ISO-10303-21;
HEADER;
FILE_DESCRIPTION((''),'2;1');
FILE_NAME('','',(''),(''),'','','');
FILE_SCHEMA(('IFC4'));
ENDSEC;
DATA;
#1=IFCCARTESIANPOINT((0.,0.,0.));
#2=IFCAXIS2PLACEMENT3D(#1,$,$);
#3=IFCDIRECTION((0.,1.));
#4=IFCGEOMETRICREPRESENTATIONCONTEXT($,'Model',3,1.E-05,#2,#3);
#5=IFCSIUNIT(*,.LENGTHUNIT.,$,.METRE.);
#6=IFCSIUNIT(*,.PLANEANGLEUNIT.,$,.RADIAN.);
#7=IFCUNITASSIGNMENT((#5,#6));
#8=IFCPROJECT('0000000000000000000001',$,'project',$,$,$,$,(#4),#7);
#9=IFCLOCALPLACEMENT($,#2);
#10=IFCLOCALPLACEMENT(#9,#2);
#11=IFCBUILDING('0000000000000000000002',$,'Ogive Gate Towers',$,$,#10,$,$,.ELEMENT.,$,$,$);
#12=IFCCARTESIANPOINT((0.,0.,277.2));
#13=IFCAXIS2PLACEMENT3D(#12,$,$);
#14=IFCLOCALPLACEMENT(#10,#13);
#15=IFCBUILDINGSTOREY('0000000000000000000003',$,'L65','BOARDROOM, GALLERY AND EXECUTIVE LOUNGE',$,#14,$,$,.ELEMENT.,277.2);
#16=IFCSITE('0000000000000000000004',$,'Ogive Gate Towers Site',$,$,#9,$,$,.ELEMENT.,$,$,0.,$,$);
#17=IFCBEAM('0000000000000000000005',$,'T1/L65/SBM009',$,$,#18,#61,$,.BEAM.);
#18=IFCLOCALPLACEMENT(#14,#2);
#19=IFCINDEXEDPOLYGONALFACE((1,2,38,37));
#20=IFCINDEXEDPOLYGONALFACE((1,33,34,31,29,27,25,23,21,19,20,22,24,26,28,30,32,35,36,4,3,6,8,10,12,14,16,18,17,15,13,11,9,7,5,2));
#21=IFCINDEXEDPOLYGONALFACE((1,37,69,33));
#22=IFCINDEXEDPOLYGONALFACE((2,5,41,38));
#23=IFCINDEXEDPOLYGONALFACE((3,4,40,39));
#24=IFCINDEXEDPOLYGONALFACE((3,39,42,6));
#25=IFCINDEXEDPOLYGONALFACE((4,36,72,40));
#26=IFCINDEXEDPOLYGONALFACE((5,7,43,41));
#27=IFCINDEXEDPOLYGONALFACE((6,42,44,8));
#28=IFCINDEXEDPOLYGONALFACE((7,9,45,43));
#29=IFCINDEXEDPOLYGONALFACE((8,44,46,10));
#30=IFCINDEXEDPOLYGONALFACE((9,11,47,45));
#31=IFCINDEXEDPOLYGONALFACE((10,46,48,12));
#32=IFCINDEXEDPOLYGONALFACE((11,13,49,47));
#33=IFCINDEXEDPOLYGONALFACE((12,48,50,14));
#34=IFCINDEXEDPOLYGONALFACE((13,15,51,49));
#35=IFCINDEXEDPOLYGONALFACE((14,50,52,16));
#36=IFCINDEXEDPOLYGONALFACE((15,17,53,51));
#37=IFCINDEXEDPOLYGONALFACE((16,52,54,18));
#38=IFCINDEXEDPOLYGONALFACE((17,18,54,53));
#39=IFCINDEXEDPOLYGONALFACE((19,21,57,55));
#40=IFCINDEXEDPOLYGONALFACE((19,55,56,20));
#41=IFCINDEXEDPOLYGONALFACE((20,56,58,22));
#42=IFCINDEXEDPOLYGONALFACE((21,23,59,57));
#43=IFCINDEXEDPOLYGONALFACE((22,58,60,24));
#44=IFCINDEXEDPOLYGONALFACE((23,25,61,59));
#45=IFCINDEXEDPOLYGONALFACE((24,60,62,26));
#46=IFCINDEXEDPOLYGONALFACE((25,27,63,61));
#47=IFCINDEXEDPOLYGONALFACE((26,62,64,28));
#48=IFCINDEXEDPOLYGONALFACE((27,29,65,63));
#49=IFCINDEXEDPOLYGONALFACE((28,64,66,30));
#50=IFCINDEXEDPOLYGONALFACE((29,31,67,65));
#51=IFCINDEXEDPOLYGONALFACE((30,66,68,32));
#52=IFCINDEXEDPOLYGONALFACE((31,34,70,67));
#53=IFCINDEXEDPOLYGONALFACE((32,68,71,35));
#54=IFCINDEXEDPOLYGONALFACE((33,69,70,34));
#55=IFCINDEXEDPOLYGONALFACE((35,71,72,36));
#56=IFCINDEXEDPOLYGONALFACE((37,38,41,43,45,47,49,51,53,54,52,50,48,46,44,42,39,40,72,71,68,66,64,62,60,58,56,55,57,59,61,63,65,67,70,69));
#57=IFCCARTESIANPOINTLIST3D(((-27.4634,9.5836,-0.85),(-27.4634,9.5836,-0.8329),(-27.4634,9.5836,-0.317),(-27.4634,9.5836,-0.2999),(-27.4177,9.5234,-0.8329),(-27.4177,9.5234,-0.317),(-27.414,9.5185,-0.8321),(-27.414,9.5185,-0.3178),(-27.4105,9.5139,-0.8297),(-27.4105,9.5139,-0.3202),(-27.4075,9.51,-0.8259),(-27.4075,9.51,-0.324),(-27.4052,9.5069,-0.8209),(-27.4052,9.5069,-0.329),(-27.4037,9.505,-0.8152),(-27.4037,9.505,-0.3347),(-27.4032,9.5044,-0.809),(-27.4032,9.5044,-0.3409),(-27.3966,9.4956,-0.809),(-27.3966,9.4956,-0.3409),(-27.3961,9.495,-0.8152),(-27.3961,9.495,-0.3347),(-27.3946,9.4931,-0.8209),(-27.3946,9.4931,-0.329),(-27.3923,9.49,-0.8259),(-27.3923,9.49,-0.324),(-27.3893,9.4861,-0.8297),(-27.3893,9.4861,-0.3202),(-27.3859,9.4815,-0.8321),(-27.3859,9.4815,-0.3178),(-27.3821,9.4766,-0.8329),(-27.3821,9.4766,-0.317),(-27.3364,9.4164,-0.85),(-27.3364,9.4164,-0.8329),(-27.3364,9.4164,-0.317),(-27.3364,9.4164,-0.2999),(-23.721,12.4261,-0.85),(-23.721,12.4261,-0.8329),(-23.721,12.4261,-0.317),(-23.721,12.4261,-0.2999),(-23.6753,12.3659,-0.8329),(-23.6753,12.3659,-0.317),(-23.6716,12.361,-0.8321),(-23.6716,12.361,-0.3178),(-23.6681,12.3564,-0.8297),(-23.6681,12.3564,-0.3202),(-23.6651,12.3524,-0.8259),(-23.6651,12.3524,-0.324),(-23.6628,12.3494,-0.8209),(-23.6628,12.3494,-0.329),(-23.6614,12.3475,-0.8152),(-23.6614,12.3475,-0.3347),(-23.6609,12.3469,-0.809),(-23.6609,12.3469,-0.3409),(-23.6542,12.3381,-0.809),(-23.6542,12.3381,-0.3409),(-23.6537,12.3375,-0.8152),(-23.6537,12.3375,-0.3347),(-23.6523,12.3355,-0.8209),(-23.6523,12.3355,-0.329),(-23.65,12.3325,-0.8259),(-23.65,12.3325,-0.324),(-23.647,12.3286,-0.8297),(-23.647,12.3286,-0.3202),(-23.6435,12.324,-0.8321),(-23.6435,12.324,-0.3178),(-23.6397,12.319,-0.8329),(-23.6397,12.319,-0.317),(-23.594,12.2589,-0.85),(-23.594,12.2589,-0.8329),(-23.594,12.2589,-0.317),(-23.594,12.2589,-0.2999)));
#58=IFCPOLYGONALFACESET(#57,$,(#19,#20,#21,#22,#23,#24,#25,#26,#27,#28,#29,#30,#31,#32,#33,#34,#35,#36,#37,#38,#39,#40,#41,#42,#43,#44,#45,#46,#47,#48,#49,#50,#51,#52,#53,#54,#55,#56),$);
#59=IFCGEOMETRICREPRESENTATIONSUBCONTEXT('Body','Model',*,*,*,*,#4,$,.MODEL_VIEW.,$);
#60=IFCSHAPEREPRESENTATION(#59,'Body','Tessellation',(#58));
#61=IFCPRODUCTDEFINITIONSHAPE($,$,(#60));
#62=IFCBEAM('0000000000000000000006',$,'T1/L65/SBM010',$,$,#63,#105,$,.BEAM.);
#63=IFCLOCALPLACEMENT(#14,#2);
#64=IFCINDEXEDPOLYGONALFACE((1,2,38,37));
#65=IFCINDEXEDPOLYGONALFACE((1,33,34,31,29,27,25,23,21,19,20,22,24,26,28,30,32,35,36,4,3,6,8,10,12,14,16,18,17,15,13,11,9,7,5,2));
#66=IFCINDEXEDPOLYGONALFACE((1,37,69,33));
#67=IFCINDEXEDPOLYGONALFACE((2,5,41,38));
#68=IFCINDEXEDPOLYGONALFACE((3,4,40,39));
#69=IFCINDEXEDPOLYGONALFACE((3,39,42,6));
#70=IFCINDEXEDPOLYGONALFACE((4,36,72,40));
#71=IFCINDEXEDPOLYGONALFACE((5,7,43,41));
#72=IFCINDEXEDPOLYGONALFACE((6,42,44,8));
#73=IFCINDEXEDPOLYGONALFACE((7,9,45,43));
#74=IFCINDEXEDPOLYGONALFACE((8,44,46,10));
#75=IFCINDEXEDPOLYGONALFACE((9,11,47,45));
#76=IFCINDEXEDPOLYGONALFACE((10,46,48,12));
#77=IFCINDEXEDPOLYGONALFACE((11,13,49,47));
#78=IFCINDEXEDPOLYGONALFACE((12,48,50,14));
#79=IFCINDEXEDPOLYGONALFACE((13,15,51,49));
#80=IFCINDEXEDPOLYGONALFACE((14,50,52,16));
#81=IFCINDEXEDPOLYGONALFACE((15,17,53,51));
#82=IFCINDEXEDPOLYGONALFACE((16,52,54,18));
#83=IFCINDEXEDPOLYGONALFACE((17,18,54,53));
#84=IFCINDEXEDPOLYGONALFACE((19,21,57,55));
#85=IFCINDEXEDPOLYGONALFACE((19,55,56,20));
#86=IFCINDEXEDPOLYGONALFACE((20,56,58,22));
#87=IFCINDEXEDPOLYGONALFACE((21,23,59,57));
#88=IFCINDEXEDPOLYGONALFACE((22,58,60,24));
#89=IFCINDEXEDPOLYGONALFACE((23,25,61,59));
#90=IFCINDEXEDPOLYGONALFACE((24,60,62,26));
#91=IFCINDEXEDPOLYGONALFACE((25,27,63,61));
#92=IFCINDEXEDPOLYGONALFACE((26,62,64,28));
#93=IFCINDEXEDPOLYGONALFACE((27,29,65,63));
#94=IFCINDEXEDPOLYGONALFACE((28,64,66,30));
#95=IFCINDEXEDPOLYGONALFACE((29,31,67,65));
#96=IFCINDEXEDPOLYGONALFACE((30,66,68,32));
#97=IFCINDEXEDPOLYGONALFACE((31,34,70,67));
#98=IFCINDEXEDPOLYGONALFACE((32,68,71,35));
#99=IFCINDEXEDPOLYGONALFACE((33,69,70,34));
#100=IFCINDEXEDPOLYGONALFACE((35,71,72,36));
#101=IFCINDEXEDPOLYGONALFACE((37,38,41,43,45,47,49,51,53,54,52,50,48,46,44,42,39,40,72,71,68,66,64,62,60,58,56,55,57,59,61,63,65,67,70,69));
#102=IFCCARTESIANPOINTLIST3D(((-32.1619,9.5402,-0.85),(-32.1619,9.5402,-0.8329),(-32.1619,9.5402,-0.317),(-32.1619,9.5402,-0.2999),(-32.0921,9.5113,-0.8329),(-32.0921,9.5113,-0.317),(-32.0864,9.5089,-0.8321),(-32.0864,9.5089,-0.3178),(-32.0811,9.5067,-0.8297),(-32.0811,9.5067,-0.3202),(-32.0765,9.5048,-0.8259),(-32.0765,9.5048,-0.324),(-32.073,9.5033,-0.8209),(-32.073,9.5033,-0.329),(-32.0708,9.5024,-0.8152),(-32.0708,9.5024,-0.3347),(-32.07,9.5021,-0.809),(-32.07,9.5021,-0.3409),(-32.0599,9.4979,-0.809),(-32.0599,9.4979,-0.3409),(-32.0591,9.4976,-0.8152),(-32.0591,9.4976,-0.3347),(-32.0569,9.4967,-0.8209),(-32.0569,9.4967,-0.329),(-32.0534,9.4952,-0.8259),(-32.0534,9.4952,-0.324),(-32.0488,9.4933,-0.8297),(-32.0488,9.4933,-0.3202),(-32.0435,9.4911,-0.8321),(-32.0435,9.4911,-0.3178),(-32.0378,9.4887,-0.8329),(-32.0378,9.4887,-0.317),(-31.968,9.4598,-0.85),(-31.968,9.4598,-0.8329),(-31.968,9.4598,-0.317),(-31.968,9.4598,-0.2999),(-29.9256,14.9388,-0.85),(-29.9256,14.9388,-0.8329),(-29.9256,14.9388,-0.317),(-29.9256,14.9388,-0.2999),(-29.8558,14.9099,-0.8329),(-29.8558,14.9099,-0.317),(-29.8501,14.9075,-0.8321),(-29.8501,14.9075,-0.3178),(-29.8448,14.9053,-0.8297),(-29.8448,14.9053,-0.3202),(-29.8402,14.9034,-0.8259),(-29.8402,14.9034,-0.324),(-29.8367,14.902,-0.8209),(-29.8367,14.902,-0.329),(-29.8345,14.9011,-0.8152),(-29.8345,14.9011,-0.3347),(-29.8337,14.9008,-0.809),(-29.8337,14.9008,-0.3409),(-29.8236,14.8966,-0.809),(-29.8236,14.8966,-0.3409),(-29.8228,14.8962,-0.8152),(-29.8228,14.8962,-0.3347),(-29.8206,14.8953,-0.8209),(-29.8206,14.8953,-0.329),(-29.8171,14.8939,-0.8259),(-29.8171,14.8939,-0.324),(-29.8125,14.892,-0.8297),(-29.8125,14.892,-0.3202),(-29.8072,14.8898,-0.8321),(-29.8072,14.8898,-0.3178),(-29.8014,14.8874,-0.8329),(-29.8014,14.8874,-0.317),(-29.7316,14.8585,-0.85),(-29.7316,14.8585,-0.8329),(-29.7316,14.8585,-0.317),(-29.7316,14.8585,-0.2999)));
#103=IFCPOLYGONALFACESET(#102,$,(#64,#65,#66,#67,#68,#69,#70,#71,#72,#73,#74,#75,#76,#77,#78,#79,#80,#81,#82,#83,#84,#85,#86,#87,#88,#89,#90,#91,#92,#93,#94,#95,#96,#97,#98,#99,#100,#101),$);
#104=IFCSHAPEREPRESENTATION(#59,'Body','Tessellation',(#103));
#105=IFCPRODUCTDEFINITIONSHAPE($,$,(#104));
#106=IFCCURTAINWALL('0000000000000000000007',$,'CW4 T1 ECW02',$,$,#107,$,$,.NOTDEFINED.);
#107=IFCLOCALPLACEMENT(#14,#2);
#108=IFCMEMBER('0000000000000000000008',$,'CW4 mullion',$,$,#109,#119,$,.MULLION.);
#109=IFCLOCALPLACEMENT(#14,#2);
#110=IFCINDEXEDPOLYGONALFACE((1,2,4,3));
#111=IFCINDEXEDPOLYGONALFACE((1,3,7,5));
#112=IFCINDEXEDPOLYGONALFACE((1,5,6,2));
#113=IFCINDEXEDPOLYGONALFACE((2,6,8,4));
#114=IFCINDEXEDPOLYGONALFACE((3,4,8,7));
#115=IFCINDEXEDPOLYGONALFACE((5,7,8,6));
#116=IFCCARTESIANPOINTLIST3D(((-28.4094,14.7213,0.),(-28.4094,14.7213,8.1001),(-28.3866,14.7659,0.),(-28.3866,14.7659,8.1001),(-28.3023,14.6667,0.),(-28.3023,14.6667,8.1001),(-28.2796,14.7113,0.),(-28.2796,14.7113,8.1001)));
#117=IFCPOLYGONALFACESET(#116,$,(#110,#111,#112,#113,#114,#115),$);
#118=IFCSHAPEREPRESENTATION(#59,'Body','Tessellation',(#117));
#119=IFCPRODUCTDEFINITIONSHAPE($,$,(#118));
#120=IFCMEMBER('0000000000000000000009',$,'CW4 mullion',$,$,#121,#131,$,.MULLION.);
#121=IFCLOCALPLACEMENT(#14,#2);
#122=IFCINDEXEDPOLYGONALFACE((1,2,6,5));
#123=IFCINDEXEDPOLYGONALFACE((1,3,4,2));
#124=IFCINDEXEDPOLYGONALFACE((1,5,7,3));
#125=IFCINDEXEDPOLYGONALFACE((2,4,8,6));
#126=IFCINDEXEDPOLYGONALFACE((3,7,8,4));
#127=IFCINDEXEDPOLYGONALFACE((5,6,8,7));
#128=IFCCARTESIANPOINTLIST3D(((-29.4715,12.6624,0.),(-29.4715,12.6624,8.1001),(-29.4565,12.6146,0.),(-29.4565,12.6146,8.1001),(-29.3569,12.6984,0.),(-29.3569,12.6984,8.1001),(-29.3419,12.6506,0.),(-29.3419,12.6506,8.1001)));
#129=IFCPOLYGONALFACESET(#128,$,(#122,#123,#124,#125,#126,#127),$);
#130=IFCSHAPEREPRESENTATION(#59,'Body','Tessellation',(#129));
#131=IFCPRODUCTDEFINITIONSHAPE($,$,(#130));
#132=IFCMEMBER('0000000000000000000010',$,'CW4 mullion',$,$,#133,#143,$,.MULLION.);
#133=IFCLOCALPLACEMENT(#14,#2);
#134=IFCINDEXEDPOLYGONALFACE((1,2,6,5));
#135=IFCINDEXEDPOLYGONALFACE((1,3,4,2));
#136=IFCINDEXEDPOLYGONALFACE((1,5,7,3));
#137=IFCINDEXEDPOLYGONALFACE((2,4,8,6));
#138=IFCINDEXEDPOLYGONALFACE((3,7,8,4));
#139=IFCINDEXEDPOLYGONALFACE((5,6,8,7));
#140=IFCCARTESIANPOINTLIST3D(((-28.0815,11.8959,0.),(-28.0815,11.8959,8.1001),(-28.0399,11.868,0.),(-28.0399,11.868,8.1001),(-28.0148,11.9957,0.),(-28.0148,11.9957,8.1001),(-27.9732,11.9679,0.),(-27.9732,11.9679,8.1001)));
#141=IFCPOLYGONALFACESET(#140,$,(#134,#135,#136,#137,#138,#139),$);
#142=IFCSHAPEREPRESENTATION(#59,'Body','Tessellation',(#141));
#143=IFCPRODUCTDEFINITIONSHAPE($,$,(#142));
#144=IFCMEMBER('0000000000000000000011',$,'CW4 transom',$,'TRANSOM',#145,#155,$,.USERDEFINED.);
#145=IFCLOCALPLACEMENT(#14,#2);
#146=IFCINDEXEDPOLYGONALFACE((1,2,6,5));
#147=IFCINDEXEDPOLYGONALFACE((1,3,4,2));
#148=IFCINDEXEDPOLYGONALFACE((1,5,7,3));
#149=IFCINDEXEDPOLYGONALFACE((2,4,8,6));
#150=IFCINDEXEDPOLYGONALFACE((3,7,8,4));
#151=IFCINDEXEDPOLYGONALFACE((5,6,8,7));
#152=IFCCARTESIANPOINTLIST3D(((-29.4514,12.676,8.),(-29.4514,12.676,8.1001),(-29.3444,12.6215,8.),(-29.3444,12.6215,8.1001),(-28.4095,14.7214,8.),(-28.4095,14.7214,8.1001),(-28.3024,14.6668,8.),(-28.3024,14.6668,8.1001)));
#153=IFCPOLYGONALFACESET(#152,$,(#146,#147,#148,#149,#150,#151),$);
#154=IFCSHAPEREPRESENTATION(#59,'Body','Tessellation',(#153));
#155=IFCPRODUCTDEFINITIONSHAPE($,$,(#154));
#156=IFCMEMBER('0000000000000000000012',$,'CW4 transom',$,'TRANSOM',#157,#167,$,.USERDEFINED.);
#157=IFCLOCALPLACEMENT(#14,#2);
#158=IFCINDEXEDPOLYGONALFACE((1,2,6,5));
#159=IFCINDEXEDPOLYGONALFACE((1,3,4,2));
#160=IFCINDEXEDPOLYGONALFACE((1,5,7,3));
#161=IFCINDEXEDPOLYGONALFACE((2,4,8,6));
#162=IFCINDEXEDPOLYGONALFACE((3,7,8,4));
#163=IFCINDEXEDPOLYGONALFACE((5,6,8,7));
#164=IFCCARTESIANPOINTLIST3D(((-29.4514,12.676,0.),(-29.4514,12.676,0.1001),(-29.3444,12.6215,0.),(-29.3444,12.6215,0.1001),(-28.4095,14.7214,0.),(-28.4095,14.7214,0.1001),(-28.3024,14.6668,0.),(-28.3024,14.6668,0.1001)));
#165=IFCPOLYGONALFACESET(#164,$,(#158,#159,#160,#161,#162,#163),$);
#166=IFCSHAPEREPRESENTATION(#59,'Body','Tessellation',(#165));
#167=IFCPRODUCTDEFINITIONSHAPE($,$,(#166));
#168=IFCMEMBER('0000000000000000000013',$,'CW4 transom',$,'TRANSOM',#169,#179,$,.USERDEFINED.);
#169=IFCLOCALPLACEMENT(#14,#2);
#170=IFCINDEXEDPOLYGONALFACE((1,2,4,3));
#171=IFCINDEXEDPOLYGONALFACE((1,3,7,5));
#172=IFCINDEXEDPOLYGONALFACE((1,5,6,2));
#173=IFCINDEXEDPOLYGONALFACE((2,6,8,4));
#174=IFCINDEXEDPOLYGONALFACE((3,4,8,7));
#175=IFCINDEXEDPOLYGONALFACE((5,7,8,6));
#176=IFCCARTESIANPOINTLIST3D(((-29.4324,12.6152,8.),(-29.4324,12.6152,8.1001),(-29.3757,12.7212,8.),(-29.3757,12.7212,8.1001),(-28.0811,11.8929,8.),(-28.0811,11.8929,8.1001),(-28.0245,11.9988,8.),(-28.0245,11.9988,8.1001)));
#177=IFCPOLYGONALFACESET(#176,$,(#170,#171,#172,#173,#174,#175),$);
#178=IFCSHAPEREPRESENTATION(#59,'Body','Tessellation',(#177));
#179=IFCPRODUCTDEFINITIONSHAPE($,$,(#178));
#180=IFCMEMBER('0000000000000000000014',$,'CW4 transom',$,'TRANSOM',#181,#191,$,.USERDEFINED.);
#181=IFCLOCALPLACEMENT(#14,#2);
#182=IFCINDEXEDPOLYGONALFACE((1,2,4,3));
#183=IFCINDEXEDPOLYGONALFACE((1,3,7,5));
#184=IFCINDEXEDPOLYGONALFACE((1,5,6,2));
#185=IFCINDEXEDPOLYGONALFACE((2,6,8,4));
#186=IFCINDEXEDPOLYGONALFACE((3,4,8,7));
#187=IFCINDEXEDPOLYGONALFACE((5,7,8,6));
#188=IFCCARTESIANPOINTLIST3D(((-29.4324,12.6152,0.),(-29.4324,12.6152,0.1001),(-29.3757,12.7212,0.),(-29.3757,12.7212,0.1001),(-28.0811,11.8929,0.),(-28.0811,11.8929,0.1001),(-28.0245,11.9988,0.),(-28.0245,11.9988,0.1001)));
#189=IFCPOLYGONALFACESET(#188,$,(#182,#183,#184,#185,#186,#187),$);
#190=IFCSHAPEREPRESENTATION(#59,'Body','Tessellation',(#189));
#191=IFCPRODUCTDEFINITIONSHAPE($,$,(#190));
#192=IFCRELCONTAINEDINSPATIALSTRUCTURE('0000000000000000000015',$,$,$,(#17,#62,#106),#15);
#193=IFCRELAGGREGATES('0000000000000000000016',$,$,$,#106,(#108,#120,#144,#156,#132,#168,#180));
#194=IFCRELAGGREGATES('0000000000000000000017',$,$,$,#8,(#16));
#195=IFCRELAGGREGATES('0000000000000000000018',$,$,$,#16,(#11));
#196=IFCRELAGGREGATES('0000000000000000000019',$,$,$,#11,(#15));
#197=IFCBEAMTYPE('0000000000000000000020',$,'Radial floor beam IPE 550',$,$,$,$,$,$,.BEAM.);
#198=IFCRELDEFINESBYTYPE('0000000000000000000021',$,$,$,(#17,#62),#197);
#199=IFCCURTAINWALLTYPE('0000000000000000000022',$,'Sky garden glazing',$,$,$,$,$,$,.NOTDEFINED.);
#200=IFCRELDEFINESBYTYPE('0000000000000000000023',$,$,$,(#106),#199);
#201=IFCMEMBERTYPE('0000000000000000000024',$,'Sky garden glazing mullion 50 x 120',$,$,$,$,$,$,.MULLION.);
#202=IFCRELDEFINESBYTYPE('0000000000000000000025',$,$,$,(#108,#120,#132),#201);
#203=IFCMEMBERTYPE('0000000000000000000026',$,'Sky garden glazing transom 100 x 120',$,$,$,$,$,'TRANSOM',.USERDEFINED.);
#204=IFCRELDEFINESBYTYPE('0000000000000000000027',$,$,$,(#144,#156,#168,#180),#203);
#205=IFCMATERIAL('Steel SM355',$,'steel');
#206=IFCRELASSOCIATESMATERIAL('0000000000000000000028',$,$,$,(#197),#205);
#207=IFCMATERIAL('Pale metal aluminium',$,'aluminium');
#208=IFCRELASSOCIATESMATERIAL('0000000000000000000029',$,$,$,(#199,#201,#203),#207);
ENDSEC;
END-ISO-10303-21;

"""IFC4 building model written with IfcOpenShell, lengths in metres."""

from ifc_helpers import new_model, si_unit, direction, frame, origin, origin_2d, place, context, subcontext, project, spatial, rectangle, i_section, extrude, material, material_profile, profile_set, type_object, element, aggregate, save


model = new_model("IFC4")

# Units and contexts
model_context = context("Model", 3, precision=1e-05, world=origin(), true_north=direction((0.0, 1.0)))
body_context = subcontext(model_context, "Body", "Model", "MODEL_VIEW")
ifc_project = project(units=[si_unit("LENGTHUNIT", "METRE"), si_unit("PLANEANGLEUNIT", "RADIAN")], contexts=[model_context])

# Site, building, storey
site_placement = place(None, origin())
site = spatial("IfcSite", under=ifc_project, at=site_placement, Name="Ogive Gate Towers Site", CompositionType="ELEMENT", RefElevation=0.0)
building_placement = place(site_placement, origin())
building = spatial("IfcBuilding", under=site, at=building_placement, Name="Ogive Gate Towers", CompositionType="ELEMENT")
storey_placement = place(building_placement, frame((0.0, 0.0, 277.2)))
storey = spatial("IfcBuildingStorey", under=building, at=storey_placement, Name="L65", Description="BOARDROOM, GALLERY AND EXECUTIVE LOUNGE", CompositionType="ELEMENT", Elevation=277.2)

# Beams
ifc_material_1 = material(Name="Steel SM355", Category="steel")
ifc_material_profile_1 = material_profile(ifc_material_1, i_section(OverallWidth=0.21, OverallDepth=0.55, WebThickness=0.011, FlangeThickness=0.0171, FilletRadius=0.0239, at=origin_2d()), Name="IPE 550")
ifc_profile_set_1 = profile_set([ifc_material_profile_1], Name="Steel SM355")
beam_type = type_object("IfcBeamType", Name="Radial floor beam IPE 550", PredefinedType="BEAM", material=ifc_profile_set_1)
beam_1_placement = place(storey_placement, frame((-27.3999, 9.5, -0.575), z_axis=(0.796338, 0.604851, 0.0), x_axis=(-0.604851, 0.796338, 0.0)))
element("IfcBeam", 1, at=beam_1_placement, inside=storey, type_object=beam_type, Name="T1/L65/SBM009", PredefinedType="BEAM", context=body_context, shape_type="SweptSolid", body=[
    extrude(i_section(OverallWidth=0.21, OverallDepth=0.55, WebThickness=0.011, FlangeThickness=0.0171, FilletRadius=0.0239, at=origin_2d()), origin(), (0.0, 0.0, 1.0), 4.6995),
])
beam_2_placement = place(storey_placement, frame((-32.0649, 9.5, -0.575), z_axis=(0.382701, 0.923872, 0.0), x_axis=(-0.923872, 0.382701, 0.0)))
element("IfcBeam", 2, at=beam_2_placement, inside=storey, type_object=beam_type, Name="T1/L65/SBM010", PredefinedType="BEAM", context=body_context, shape_type="SweptSolid", body=[
    extrude(i_section(OverallWidth=0.21, OverallDepth=0.55, WebThickness=0.011, FlangeThickness=0.0171, FilletRadius=0.0239, at=origin_2d()), origin(), (0.0, 0.0, 1.0), 5.8435),
])

# Curtain wall, members
ifc_material_2 = material(Name="Pale metal aluminium", Category="aluminium")
curtain_wall_type_1 = type_object("IfcCurtainWallType", Name="Sky garden glazing", PredefinedType="NOTDEFINED", material=ifc_material_2)
curtain_wall_1_placement = place(storey_placement, origin())
curtain_wall_1 = element("IfcCurtainWall", 3, at=curtain_wall_1_placement, inside=storey, type_object=curtain_wall_type_1, Name="CW4 T1 ECW02", PredefinedType="NOTDEFINED")
ifc_material_profile_2 = material_profile(ifc_material_2, rectangle(XDim=0.1201, YDim=0.05, at=origin_2d()), Name="50 x 120 aluminium box")
ifc_profile_set_2 = profile_set([ifc_material_profile_2], Name="Pale metal aluminium")
member_type_1 = type_object("IfcMemberType", Name="Sky garden glazing mullion 50 x 120", PredefinedType="MULLION", material=ifc_profile_set_2)
member_1_placement = place(storey_placement, frame((-28.3445, 14.7163, 0.0), z_axis=(0.0, 0.0, 1.0), x_axis=(-0.891014, 0.453975, 0.0)))
member_1 = element("IfcMember", 4, at=member_1_placement, type_object=member_type_1, Name="CW4 mullion", PredefinedType="MULLION", context=body_context, shape_type="SweptSolid", body=[
    extrude(rectangle(XDim=0.1201, YDim=0.05, at=origin_2d()), origin(), (0.0, 0.0, 1.0), 8.1001),
])
member_2_placement = place(storey_placement, frame((-29.4067, 12.6565, 0.0), z_axis=(0.0, 0.0, 1.0), x_axis=(-0.954042, -0.299674, 0.0)))
member_2 = element("IfcMember", 5, at=member_2_placement, type_object=member_type_1, Name="CW4 mullion", PredefinedType="MULLION", context=body_context, shape_type="SweptSolid", body=[
    extrude(rectangle(XDim=0.1201, YDim=0.05, at=origin_2d()), origin(), (0.0, 0.0, 1.0), 8.1001),
])
member_3_placement = place(storey_placement, frame((-28.0273, 11.9319, 0.0), z_axis=(0.0, 0.0, 1.0), x_axis=(-0.55557, -0.83147, 0.0)))
member_3 = element("IfcMember", 6, at=member_3_placement, type_object=member_type_1, Name="CW4 mullion", PredefinedType="MULLION", context=body_context, shape_type="SweptSolid", body=[
    extrude(rectangle(XDim=0.1201, YDim=0.05, at=origin_2d()), origin(), (0.0, 0.0, 1.0), 8.1001),
])
ifc_material_profile_3 = material_profile(ifc_material_2, rectangle(XDim=0.1201, YDim=0.1001, at=origin_2d()), Name="100 x 120 aluminium box")
ifc_profile_set_3 = profile_set([ifc_material_profile_3], Name="Pale metal aluminium")
member_type_2 = type_object("IfcMemberType", Name="Sky garden glazing transom 100 x 120", ElementType="TRANSOM", PredefinedType="USERDEFINED", material=ifc_profile_set_3)
member_4_placement = place(storey_placement, frame((-28.356, 14.6941, 8.05), z_axis=(-0.453923, -0.891041, 0.0), x_axis=(0.891041, -0.453923, 0.0)))
member_4 = element("IfcMember", 7, at=member_4_placement, type_object=member_type_2, Name="CW4 transom", ObjectType="TRANSOM", PredefinedType="USERDEFINED", context=body_context, shape_type="SweptSolid", body=[
    extrude(rectangle(XDim=0.1201, YDim=0.1001, at=origin_2d()), origin(), (0.0, 0.0, 1.0), 2.2954),
])
member_5_placement = place(storey_placement, frame((-28.356, 14.6941, 0.05), z_axis=(-0.453923, -0.891041, 0.0), x_axis=(0.891041, -0.453923, 0.0)))
member_5 = element("IfcMember", 8, at=member_5_placement, type_object=member_type_2, Name="CW4 transom", ObjectType="TRANSOM", PredefinedType="USERDEFINED", context=body_context, shape_type="SweptSolid", body=[
    extrude(rectangle(XDim=0.1201, YDim=0.1001, at=origin_2d()), origin(), (0.0, 0.0, 1.0), 2.2954),
])
member_6_placement = place(storey_placement, frame((-29.4041, 12.6682, 8.05), z_axis=(0.881889, -0.471456, 0.0), x_axis=(0.471456, 0.881889, 0.0)))
member_6 = element("IfcMember", 9, at=member_6_placement, type_object=member_type_2, Name="CW4 transom", ObjectType="TRANSOM", PredefinedType="USERDEFINED", context=body_context, shape_type="SweptSolid", body=[
    extrude(rectangle(XDim=0.1201, YDim=0.1001, at=origin_2d()), origin(), (0.0, 0.0, 1.0), 1.5322),
])
member_7_placement = place(storey_placement, frame((-29.4041, 12.6682, 0.05), z_axis=(0.881889, -0.471456, 0.0), x_axis=(0.471456, 0.881889, 0.0)))
member_7 = element("IfcMember", 10, at=member_7_placement, type_object=member_type_2, Name="CW4 transom", ObjectType="TRANSOM", PredefinedType="USERDEFINED", context=body_context, shape_type="SweptSolid", body=[
    extrude(rectangle(XDim=0.1201, YDim=0.1001, at=origin_2d()), origin(), (0.0, 0.0, 1.0), 1.5322),
])

aggregate(curtain_wall_1, [member_1, member_2, member_4, member_5, member_3, member_6, member_7])

save(model, "model.ifc")
